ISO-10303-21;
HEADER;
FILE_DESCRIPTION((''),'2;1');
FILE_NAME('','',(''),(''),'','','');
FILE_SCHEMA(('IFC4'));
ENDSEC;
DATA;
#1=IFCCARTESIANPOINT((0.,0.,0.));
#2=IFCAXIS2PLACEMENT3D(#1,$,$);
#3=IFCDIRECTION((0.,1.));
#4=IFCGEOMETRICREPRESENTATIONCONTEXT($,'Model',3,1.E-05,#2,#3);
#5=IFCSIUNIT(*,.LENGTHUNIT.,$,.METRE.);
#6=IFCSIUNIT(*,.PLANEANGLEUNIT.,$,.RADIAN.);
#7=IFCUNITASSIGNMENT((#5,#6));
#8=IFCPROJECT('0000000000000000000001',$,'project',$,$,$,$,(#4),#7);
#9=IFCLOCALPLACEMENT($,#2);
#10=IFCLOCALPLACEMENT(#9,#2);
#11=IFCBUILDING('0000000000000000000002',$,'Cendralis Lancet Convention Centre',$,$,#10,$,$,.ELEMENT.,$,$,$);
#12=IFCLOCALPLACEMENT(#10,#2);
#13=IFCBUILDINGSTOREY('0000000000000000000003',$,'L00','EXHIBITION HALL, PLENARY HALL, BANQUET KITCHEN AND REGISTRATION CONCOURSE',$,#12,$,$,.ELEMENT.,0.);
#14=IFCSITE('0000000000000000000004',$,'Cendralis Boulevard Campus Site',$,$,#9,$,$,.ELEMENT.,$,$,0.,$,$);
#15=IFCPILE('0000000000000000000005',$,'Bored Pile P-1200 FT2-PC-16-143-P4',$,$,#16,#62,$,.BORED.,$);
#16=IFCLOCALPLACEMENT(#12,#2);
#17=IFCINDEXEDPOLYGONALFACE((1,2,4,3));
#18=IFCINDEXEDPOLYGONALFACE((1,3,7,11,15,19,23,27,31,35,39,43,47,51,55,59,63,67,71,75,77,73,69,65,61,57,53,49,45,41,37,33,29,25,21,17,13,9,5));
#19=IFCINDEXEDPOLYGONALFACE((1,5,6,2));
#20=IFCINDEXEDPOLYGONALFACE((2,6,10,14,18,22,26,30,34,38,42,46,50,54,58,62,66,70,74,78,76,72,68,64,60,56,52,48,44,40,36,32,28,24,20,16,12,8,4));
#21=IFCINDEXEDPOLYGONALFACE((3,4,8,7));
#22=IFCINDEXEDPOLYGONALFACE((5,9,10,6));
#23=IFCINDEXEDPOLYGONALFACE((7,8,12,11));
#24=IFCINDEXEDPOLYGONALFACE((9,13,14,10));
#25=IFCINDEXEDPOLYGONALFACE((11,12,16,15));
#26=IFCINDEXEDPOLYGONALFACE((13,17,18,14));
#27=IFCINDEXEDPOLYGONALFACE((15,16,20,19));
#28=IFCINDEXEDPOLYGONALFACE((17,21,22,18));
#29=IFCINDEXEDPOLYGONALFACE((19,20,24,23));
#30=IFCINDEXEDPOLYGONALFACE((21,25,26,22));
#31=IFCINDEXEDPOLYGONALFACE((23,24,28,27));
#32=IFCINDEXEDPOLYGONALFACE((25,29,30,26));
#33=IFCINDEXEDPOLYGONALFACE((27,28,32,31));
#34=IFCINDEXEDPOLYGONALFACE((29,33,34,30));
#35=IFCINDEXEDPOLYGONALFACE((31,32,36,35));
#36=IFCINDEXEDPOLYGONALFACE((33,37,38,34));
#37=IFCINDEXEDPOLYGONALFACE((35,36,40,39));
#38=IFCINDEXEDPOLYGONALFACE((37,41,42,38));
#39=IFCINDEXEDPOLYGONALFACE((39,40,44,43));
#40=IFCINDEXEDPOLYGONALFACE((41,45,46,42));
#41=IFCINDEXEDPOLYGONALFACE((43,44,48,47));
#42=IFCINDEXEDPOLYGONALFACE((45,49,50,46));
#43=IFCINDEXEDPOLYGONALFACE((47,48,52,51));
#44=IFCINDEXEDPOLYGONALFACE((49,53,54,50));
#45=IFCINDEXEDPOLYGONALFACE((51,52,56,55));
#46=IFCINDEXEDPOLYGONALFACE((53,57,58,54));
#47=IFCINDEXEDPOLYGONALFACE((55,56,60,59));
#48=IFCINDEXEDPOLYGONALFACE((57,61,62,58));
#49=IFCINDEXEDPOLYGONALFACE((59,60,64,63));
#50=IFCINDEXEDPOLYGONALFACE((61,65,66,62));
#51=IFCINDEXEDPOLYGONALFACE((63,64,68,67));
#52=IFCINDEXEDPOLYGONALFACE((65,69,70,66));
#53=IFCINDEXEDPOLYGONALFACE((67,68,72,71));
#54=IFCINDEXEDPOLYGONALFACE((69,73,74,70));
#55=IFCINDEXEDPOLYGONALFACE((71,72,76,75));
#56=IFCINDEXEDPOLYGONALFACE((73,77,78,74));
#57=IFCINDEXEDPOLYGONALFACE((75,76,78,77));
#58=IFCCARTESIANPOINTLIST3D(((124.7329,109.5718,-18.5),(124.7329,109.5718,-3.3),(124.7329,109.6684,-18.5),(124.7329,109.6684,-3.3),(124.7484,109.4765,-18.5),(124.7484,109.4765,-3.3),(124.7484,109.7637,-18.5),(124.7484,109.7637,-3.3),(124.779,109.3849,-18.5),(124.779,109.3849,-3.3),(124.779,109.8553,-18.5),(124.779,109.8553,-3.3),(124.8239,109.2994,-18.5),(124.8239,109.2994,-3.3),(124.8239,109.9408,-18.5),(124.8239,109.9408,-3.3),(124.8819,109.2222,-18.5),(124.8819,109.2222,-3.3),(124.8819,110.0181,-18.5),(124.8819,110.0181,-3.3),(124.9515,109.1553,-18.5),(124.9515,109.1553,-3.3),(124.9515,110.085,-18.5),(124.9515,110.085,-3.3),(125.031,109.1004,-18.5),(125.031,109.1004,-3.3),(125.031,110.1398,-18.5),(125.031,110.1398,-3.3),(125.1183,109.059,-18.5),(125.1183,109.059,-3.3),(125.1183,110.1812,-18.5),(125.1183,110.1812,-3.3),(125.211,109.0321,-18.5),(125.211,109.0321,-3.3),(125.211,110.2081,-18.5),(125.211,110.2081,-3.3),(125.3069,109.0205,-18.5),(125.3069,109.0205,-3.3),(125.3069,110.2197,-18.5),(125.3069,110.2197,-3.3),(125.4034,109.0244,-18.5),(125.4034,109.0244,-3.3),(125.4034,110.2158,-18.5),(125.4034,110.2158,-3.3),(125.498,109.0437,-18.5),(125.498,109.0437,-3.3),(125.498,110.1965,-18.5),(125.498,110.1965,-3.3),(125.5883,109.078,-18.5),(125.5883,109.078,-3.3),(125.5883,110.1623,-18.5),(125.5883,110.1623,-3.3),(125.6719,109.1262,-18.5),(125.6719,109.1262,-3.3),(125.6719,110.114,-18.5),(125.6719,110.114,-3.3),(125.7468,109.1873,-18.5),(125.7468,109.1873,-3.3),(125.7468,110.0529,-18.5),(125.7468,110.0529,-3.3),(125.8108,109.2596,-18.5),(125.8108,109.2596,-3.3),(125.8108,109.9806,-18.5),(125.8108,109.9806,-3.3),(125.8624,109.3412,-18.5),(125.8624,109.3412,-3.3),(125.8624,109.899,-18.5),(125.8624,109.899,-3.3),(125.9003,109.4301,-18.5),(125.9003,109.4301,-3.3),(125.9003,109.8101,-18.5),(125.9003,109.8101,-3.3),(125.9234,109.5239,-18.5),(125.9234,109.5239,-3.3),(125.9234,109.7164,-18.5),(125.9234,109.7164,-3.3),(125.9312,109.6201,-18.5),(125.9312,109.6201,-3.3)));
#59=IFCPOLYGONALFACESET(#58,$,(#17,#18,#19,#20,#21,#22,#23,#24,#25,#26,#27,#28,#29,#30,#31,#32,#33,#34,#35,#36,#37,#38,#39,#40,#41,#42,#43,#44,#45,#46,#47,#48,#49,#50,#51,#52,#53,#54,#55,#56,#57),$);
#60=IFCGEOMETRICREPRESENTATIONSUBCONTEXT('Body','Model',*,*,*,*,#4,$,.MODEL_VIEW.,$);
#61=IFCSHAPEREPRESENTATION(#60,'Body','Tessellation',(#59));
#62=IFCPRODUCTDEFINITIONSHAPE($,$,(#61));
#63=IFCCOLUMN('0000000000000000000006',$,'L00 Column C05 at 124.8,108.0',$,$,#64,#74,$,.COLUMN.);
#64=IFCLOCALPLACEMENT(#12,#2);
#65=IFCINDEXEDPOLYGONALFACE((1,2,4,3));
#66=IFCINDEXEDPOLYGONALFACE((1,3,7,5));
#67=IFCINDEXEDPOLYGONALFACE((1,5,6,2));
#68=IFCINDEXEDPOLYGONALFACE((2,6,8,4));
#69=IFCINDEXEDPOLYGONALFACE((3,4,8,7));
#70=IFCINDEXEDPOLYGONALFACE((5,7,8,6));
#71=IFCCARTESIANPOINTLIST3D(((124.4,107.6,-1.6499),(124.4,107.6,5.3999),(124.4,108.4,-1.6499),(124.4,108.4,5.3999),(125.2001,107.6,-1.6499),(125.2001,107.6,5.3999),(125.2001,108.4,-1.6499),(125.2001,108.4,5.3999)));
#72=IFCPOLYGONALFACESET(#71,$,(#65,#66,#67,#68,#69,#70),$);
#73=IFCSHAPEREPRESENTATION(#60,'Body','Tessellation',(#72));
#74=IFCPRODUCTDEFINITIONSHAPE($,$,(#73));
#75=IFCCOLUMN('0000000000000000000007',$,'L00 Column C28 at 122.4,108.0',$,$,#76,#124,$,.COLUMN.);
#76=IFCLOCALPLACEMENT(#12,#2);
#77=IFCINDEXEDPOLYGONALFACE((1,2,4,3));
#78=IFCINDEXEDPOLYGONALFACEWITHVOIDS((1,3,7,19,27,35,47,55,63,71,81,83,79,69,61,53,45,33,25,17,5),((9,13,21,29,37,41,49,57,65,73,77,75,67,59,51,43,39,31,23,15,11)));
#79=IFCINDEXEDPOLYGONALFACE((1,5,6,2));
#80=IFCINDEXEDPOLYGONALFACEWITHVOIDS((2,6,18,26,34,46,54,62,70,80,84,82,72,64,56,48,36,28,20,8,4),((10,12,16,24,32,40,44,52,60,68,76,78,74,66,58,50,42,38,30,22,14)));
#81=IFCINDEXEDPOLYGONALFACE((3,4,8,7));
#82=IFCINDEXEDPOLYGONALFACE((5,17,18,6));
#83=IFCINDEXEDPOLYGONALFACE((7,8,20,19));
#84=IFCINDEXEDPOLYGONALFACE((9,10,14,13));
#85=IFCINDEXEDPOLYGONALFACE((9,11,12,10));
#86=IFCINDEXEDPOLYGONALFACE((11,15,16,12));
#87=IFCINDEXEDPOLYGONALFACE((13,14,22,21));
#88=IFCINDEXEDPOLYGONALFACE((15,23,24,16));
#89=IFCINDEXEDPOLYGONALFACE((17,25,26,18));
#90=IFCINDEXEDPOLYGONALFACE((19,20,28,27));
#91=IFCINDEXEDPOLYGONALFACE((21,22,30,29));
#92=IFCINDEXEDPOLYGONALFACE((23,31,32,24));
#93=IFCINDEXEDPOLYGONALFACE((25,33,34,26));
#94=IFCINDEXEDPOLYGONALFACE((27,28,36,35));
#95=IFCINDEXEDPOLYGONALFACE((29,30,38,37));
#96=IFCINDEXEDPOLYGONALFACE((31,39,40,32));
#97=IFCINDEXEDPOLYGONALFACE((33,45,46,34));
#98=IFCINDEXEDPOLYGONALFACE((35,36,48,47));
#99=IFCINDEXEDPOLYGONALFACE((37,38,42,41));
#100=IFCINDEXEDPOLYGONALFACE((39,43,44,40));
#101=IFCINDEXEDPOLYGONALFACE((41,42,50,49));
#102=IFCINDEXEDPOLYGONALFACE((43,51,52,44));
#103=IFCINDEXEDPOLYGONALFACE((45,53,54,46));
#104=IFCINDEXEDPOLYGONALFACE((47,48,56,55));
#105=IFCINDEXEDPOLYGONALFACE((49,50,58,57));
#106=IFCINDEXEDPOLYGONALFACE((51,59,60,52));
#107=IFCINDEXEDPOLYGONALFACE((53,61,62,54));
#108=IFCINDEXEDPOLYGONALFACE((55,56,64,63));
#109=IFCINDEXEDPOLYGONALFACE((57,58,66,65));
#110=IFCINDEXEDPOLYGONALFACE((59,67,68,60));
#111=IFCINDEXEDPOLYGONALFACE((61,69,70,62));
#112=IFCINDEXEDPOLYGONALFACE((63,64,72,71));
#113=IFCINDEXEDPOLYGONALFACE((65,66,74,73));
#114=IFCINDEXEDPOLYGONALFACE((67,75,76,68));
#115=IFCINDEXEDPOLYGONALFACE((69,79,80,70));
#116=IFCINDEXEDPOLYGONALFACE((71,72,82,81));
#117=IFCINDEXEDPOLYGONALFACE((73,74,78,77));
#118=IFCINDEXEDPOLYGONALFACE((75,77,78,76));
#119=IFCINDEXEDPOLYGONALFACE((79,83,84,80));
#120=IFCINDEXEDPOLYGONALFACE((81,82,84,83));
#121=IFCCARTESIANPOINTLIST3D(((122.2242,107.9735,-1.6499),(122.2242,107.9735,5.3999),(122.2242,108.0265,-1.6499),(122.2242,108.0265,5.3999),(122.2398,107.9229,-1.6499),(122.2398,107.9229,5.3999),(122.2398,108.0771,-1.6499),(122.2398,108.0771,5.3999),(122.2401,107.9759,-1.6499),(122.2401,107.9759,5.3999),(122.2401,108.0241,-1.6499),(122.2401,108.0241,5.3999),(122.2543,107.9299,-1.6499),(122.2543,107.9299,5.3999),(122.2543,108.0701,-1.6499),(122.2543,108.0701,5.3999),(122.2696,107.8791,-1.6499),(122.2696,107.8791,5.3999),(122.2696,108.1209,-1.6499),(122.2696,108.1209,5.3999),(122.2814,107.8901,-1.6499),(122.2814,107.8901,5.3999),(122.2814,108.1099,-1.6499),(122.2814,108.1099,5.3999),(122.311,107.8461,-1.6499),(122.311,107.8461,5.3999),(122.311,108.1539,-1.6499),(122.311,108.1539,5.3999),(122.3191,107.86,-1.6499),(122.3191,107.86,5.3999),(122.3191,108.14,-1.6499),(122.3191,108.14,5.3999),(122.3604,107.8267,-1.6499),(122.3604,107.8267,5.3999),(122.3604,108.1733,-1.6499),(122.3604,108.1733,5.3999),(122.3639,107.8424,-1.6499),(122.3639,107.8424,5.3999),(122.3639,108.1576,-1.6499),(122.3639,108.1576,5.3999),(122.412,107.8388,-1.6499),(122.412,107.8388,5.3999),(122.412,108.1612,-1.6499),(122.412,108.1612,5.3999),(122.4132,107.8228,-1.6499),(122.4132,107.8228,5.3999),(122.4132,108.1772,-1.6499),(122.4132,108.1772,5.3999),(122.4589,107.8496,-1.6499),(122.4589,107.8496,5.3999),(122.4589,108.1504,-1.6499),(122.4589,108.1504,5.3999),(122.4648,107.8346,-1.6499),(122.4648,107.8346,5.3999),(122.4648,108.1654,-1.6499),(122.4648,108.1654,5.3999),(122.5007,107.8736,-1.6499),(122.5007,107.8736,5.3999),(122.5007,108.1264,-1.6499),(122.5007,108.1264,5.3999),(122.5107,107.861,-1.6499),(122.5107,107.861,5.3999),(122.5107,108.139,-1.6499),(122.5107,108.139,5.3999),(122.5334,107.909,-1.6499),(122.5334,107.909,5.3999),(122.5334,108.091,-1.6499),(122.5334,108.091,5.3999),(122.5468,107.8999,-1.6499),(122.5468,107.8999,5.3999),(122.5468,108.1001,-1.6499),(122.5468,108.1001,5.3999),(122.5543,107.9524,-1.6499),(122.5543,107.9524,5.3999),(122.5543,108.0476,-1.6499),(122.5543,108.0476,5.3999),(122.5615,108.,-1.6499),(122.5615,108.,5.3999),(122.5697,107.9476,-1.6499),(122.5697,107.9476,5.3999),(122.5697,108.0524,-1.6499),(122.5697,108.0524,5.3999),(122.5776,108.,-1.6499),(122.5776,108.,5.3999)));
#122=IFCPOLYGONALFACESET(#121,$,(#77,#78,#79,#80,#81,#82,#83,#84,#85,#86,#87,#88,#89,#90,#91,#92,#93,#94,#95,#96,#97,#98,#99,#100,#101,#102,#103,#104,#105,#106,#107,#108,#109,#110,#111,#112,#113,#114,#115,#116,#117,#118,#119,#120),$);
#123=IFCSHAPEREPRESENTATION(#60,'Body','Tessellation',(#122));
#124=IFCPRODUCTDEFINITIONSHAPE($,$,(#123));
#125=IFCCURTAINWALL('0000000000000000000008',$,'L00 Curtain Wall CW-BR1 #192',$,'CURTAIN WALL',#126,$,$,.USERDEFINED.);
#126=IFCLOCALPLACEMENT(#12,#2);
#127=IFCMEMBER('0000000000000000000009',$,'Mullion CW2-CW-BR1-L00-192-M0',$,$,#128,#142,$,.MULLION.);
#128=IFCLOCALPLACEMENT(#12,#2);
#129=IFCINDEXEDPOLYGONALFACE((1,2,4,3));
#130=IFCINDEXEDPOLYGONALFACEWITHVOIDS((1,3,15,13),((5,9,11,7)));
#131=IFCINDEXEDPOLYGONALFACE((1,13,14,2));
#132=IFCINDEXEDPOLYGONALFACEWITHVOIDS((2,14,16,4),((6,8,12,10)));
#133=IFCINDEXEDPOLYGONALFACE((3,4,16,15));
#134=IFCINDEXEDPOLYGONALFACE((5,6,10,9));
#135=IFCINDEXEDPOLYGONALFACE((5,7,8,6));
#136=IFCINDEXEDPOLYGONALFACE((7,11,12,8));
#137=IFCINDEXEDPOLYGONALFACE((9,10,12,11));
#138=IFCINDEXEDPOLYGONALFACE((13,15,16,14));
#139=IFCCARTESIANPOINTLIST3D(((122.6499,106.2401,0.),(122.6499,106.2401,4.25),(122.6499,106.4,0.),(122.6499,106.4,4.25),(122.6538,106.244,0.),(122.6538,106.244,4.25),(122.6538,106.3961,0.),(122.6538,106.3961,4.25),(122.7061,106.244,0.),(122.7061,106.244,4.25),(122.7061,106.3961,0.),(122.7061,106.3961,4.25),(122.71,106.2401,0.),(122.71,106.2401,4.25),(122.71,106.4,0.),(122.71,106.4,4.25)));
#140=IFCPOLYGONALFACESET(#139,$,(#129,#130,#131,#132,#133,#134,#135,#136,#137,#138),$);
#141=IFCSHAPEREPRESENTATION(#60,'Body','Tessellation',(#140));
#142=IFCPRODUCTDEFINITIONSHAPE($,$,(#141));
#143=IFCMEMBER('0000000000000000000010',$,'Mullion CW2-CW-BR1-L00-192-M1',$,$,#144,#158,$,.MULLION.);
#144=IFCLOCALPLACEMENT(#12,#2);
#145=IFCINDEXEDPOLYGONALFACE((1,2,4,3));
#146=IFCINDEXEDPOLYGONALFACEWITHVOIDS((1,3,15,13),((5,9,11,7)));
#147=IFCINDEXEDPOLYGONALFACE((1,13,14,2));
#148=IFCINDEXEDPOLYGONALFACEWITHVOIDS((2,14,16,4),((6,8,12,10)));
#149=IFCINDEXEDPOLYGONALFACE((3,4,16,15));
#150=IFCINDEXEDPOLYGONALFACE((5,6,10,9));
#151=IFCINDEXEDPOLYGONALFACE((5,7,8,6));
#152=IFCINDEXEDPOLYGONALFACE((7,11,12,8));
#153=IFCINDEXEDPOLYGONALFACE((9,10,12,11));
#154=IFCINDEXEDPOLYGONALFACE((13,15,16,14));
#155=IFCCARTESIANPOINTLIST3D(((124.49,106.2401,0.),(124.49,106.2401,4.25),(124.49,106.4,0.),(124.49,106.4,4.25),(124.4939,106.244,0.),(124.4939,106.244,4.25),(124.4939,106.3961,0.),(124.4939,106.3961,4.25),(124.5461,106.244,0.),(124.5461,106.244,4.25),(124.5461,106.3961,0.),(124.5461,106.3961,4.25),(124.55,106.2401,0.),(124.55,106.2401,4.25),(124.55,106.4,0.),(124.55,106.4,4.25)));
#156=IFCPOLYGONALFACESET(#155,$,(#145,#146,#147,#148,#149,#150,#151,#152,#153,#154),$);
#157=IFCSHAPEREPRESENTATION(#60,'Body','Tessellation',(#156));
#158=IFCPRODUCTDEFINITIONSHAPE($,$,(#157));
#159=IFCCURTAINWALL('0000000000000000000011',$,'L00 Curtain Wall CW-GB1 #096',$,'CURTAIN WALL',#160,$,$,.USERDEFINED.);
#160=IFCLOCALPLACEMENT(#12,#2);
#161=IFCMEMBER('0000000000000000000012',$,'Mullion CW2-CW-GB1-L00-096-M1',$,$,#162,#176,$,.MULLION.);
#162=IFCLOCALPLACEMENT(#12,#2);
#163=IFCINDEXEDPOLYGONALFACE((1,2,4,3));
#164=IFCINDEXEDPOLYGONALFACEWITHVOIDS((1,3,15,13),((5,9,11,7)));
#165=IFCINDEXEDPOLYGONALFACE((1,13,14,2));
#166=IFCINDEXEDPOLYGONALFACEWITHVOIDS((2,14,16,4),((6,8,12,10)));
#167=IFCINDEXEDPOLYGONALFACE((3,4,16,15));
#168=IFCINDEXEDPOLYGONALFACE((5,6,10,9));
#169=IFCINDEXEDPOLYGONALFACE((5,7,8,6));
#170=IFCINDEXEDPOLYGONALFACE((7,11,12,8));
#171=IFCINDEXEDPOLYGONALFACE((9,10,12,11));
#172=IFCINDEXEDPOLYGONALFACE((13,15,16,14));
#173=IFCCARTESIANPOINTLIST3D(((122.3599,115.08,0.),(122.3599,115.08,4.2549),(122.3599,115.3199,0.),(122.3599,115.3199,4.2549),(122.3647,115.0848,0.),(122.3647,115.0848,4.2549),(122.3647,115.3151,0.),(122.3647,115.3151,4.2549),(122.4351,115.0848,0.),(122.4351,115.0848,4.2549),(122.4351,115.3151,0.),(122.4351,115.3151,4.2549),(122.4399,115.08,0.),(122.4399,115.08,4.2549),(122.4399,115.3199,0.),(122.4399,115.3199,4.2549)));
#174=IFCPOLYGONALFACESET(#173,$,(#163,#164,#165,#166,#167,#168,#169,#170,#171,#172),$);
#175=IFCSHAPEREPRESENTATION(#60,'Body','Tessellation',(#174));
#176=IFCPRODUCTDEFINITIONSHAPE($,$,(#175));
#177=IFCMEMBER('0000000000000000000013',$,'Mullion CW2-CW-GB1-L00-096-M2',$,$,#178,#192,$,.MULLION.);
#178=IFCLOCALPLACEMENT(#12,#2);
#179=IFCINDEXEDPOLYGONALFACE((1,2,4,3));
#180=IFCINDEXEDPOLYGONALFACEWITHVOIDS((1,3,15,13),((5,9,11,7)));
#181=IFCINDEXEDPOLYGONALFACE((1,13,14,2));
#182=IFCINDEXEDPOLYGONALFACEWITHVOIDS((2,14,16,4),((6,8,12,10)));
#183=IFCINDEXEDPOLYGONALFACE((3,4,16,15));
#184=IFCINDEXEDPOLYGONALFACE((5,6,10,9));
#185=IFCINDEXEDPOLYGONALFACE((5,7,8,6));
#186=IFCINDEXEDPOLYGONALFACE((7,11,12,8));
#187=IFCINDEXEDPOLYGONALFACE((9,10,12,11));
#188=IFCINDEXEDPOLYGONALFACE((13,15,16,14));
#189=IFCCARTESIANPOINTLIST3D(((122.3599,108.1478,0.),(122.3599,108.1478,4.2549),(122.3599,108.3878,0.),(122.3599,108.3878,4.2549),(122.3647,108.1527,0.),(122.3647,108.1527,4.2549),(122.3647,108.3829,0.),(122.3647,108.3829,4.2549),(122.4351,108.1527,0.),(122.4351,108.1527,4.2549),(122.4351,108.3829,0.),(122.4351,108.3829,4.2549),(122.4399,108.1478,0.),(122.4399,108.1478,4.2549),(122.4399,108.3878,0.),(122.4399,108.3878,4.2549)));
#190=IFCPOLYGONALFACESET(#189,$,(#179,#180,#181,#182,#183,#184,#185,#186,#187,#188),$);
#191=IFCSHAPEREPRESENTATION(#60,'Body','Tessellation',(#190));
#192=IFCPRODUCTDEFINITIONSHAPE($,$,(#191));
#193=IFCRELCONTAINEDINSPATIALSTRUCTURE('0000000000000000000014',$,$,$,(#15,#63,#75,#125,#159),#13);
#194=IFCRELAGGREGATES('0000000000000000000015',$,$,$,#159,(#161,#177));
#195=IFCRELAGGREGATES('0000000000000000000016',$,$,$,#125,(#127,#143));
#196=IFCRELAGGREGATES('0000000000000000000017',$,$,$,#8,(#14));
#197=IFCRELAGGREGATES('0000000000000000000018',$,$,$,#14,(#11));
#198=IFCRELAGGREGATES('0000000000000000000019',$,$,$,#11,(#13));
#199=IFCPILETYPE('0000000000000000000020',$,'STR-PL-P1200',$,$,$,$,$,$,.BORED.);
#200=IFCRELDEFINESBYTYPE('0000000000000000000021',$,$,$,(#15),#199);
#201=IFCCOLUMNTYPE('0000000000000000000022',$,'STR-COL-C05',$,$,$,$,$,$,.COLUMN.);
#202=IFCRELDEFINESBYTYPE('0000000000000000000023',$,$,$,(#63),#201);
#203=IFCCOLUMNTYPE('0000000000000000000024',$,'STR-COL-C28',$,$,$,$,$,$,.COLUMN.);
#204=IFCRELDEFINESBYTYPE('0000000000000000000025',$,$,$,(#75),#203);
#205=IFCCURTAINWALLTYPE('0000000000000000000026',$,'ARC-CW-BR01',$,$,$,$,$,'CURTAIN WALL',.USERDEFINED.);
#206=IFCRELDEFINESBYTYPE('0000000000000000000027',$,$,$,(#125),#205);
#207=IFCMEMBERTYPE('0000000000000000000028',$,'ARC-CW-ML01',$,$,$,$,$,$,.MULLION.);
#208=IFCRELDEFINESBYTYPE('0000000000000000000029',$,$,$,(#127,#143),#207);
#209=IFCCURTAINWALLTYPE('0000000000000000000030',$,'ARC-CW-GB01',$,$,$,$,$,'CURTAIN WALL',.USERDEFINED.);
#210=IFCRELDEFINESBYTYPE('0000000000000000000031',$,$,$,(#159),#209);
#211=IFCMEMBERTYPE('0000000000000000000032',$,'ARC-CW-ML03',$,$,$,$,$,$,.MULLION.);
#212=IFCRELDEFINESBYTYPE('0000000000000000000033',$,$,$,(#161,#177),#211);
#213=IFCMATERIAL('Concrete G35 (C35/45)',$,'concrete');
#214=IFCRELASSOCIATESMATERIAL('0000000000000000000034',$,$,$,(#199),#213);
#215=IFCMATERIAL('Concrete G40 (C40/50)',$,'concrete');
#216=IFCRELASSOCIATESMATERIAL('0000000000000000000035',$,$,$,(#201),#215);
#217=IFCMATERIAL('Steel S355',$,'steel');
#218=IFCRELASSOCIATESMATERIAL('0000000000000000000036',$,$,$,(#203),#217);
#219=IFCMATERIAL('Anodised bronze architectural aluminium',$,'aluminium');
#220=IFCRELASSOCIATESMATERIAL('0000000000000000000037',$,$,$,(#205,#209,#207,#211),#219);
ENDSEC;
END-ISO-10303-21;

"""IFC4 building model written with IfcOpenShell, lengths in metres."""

from ifc_helpers import new_model, si_unit, direction, frame, origin, origin_2d, place, context, subcontext, project, spatial, rectangle, hollow_rectangle, circle, hollow_circle, extrude, material, material_profile, profile_set, type_object, element, aggregate, save


model = new_model("IFC4")

# Units and contexts
model_context = context("Model", 3, precision=1e-05, world=origin(), true_north=direction((0.0, 1.0)))
body_context = subcontext(model_context, "Body", "Model", "MODEL_VIEW")
ifc_project = project(units=[si_unit("LENGTHUNIT", "METRE"), si_unit("PLANEANGLEUNIT", "RADIAN")], contexts=[model_context])

# Site, building, storey
site_placement = place(None, origin())
site = spatial("IfcSite", under=ifc_project, at=site_placement, Name="Cendralis Boulevard Campus Site", CompositionType="ELEMENT", RefElevation=0.0)
building_placement = place(site_placement, origin())
building = spatial("IfcBuilding", under=site, at=building_placement, Name="Cendralis Lancet Convention Centre", CompositionType="ELEMENT")
storey_placement = place(building_placement, origin())
storey = spatial("IfcBuildingStorey", under=building, at=storey_placement, Name="L00", Description="EXHIBITION HALL, PLENARY HALL, BANQUET KITCHEN AND REGISTRATION CONCOURSE", CompositionType="ELEMENT", Elevation=0.0)

# Shared definitions
ifc_material_1 = material(Name="Concrete G35 (C35/45)", Category="concrete")

# Pile
ifc_material_profile_1 = material_profile(ifc_material_1, circle(Radius=0.6001, at=origin_2d()), Name="BORED PILE D1200")
ifc_profile_set_1 = profile_set([ifc_material_profile_1], Name="Concrete G35 (C35/45)")
pile_type = type_object("IfcPileType", Name="STR-PL-P1200", PredefinedType="BORED", material=ifc_profile_set_1)
for number, where, z_axis, x_axis, name in (
    (1, (125.3311, 109.6201, -3.3), (0.0, 0.0, -1.0), (1.0, 0.0, 0.0), "Bored Pile P-1200 FT2-PC-16-143-P4"),
):
    element("IfcPile", number, at=place(storey_placement, frame(where, z_axis=z_axis, x_axis=x_axis)), inside=storey, type_object=pile_type, Name=name, PredefinedType="BORED", context=body_context, shape_type="SweptSolid", body=[
        extrude(circle(Radius=0.6001, at=origin_2d()), origin(), (0.0, 0.0, 1.0), 15.2),
    ])

# Columns
ifc_material_2 = material(Name="Concrete G40 (C40/50)", Category="concrete")
ifc_material_profile_2 = material_profile(ifc_material_2, rectangle(XDim=0.8, YDim=0.8, at=origin_2d()), Name="RC 800x800")
ifc_profile_set_2 = profile_set([ifc_material_profile_2], Name="Concrete G40 (C40/50)")
column_type_1 = type_object("IfcColumnType", Name="STR-COL-C05", PredefinedType="COLUMN", material=ifc_profile_set_2)
column_1_placement = place(storey_placement, frame((124.8, 108.0, -1.6499), z_axis=(0.0, 0.0, 1.0), x_axis=(1.0, 0.0, 0.0)))
element("IfcColumn", 2, at=column_1_placement, inside=storey, type_object=column_type_1, Name="L00 Column C05 at 124.8,108.0", PredefinedType="COLUMN", context=body_context, shape_type="SweptSolid", body=[
    extrude(rectangle(XDim=0.8, YDim=0.8, at=origin_2d()), origin(), (0.0, 0.0, 1.0), 7.0498),
])
ifc_material_3 = material(Name="Steel S355", Category="steel")
ifc_material_profile_3 = material_profile(ifc_material_3, hollow_circle(Radius=0.1777, WallThickness=0.0161, at=origin_2d()), Name="CHS 355.6x16.0")
ifc_profile_set_3 = profile_set([ifc_material_profile_3], Name="Steel S355")
column_type_2 = type_object("IfcColumnType", Name="STR-COL-C28", PredefinedType="COLUMN", material=ifc_profile_set_3)
column_2_placement = place(storey_placement, frame((122.3999, 108.0, -1.6499), z_axis=(0.0, 0.0, 1.0), x_axis=(1.0, 0.0, 0.0)))
element("IfcColumn", 3, at=column_2_placement, inside=storey, type_object=column_type_2, Name="L00 Column C28 at 122.4,108.0", PredefinedType="COLUMN", context=body_context, shape_type="SweptSolid", body=[
    extrude(hollow_circle(Radius=0.1777, WallThickness=0.0161, at=origin_2d()), origin(), (0.0, 0.0, 1.0), 7.0498),
])

# Curtain walls, members
ifc_material_4 = material(Name="Anodised bronze architectural aluminium", Category="aluminium")
curtain_wall_type_1 = type_object("IfcCurtainWallType", Name="ARC-CW-BR01", ElementType="CURTAIN WALL", PredefinedType="USERDEFINED", material=ifc_material_4)
curtain_wall_1_placement = place(storey_placement, origin())
curtain_wall_1 = element("IfcCurtainWall", 4, at=curtain_wall_1_placement, inside=storey, type_object=curtain_wall_type_1, Name="L00 Curtain Wall CW-BR1 #192", ObjectType="CURTAIN WALL", PredefinedType="USERDEFINED")
ifc_material_profile_4 = material_profile(ifc_material_4, hollow_rectangle(XDim=0.0601, YDim=0.1599, WallThickness=0.0039, at=origin_2d()), Name="AL-MULL 60x160x4.0")
ifc_profile_set_4 = profile_set([ifc_material_profile_4], Name="Anodised bronze architectural aluminium")
member_type_1 = type_object("IfcMemberType", Name="ARC-CW-ML01", PredefinedType="MULLION", material=ifc_profile_set_4)
member_1_placement = place(storey_placement, frame((122.6799, 106.3201, 0.0), z_axis=(0.0, 0.0, 1.0), x_axis=(1.0, 0.0, 0.0)))
member_1 = element("IfcMember", 5, at=member_1_placement, type_object=member_type_1, Name="Mullion CW2-CW-BR1-L00-192-M0", PredefinedType="MULLION", context=body_context, shape_type="SweptSolid", body=[
    extrude(hollow_rectangle(XDim=0.0601, YDim=0.1599, WallThickness=0.0039, at=origin_2d()), origin(), (0.0, 0.0, 1.0), 4.25),
])
member_2_placement = place(storey_placement, frame((124.52, 106.3201, 0.0), z_axis=(0.0, 0.0, 1.0), x_axis=(1.0, 0.0, 0.0)))
member_2 = element("IfcMember", 6, at=member_2_placement, type_object=member_type_1, Name="Mullion CW2-CW-BR1-L00-192-M1", PredefinedType="MULLION", context=body_context, shape_type="SweptSolid", body=[
    extrude(hollow_rectangle(XDim=0.0601, YDim=0.1599, WallThickness=0.0039, at=origin_2d()), origin(), (0.0, 0.0, 1.0), 4.25),
])
curtain_wall_type_2 = type_object("IfcCurtainWallType", Name="ARC-CW-GB01", ElementType="CURTAIN WALL", PredefinedType="USERDEFINED", material=ifc_material_4)
curtain_wall_2_placement = place(storey_placement, origin())
curtain_wall_2 = element("IfcCurtainWall", 7, at=curtain_wall_2_placement, inside=storey, type_object=curtain_wall_type_2, Name="L00 Curtain Wall CW-GB1 #096", ObjectType="CURTAIN WALL", PredefinedType="USERDEFINED")
ifc_material_profile_5 = material_profile(ifc_material_4, hollow_rectangle(XDim=0.0801, YDim=0.24, WallThickness=0.0049, at=origin_2d()), Name="AL-MULL 80x240x5.0")
ifc_profile_set_5 = profile_set([ifc_material_profile_5], Name="Anodised bronze architectural aluminium")
member_type_2 = type_object("IfcMemberType", Name="ARC-CW-ML03", PredefinedType="MULLION", material=ifc_profile_set_5)
member_3_placement = place(storey_placement, frame((122.3999, 115.2, 0.0), z_axis=(0.0, 0.0, 1.0), x_axis=(1.0, 0.0, 0.0)))
member_3 = element("IfcMember", 8, at=member_3_placement, type_object=member_type_2, Name="Mullion CW2-CW-GB1-L00-096-M1", PredefinedType="MULLION", context=body_context, shape_type="SweptSolid", body=[
    extrude(hollow_rectangle(XDim=0.0801, YDim=0.24, WallThickness=0.0049, at=origin_2d()), origin(), (0.0, 0.0, 1.0), 4.2549),
])
member_4_placement = place(storey_placement, frame((122.3999, 108.2678, 0.0), z_axis=(0.0, 0.0, 1.0), x_axis=(1.0, 0.0, 0.0)))
member_4 = element("IfcMember", 9, at=member_4_placement, type_object=member_type_2, Name="Mullion CW2-CW-GB1-L00-096-M2", PredefinedType="MULLION", context=body_context, shape_type="SweptSolid", body=[
    extrude(hollow_rectangle(XDim=0.0801, YDim=0.24, WallThickness=0.0049, at=origin_2d()), origin(), (0.0, 0.0, 1.0), 4.2549),
])

aggregate(curtain_wall_2, [member_3, member_4])
aggregate(curtain_wall_1, [member_1, member_2])

save(model, "model.ifc")
